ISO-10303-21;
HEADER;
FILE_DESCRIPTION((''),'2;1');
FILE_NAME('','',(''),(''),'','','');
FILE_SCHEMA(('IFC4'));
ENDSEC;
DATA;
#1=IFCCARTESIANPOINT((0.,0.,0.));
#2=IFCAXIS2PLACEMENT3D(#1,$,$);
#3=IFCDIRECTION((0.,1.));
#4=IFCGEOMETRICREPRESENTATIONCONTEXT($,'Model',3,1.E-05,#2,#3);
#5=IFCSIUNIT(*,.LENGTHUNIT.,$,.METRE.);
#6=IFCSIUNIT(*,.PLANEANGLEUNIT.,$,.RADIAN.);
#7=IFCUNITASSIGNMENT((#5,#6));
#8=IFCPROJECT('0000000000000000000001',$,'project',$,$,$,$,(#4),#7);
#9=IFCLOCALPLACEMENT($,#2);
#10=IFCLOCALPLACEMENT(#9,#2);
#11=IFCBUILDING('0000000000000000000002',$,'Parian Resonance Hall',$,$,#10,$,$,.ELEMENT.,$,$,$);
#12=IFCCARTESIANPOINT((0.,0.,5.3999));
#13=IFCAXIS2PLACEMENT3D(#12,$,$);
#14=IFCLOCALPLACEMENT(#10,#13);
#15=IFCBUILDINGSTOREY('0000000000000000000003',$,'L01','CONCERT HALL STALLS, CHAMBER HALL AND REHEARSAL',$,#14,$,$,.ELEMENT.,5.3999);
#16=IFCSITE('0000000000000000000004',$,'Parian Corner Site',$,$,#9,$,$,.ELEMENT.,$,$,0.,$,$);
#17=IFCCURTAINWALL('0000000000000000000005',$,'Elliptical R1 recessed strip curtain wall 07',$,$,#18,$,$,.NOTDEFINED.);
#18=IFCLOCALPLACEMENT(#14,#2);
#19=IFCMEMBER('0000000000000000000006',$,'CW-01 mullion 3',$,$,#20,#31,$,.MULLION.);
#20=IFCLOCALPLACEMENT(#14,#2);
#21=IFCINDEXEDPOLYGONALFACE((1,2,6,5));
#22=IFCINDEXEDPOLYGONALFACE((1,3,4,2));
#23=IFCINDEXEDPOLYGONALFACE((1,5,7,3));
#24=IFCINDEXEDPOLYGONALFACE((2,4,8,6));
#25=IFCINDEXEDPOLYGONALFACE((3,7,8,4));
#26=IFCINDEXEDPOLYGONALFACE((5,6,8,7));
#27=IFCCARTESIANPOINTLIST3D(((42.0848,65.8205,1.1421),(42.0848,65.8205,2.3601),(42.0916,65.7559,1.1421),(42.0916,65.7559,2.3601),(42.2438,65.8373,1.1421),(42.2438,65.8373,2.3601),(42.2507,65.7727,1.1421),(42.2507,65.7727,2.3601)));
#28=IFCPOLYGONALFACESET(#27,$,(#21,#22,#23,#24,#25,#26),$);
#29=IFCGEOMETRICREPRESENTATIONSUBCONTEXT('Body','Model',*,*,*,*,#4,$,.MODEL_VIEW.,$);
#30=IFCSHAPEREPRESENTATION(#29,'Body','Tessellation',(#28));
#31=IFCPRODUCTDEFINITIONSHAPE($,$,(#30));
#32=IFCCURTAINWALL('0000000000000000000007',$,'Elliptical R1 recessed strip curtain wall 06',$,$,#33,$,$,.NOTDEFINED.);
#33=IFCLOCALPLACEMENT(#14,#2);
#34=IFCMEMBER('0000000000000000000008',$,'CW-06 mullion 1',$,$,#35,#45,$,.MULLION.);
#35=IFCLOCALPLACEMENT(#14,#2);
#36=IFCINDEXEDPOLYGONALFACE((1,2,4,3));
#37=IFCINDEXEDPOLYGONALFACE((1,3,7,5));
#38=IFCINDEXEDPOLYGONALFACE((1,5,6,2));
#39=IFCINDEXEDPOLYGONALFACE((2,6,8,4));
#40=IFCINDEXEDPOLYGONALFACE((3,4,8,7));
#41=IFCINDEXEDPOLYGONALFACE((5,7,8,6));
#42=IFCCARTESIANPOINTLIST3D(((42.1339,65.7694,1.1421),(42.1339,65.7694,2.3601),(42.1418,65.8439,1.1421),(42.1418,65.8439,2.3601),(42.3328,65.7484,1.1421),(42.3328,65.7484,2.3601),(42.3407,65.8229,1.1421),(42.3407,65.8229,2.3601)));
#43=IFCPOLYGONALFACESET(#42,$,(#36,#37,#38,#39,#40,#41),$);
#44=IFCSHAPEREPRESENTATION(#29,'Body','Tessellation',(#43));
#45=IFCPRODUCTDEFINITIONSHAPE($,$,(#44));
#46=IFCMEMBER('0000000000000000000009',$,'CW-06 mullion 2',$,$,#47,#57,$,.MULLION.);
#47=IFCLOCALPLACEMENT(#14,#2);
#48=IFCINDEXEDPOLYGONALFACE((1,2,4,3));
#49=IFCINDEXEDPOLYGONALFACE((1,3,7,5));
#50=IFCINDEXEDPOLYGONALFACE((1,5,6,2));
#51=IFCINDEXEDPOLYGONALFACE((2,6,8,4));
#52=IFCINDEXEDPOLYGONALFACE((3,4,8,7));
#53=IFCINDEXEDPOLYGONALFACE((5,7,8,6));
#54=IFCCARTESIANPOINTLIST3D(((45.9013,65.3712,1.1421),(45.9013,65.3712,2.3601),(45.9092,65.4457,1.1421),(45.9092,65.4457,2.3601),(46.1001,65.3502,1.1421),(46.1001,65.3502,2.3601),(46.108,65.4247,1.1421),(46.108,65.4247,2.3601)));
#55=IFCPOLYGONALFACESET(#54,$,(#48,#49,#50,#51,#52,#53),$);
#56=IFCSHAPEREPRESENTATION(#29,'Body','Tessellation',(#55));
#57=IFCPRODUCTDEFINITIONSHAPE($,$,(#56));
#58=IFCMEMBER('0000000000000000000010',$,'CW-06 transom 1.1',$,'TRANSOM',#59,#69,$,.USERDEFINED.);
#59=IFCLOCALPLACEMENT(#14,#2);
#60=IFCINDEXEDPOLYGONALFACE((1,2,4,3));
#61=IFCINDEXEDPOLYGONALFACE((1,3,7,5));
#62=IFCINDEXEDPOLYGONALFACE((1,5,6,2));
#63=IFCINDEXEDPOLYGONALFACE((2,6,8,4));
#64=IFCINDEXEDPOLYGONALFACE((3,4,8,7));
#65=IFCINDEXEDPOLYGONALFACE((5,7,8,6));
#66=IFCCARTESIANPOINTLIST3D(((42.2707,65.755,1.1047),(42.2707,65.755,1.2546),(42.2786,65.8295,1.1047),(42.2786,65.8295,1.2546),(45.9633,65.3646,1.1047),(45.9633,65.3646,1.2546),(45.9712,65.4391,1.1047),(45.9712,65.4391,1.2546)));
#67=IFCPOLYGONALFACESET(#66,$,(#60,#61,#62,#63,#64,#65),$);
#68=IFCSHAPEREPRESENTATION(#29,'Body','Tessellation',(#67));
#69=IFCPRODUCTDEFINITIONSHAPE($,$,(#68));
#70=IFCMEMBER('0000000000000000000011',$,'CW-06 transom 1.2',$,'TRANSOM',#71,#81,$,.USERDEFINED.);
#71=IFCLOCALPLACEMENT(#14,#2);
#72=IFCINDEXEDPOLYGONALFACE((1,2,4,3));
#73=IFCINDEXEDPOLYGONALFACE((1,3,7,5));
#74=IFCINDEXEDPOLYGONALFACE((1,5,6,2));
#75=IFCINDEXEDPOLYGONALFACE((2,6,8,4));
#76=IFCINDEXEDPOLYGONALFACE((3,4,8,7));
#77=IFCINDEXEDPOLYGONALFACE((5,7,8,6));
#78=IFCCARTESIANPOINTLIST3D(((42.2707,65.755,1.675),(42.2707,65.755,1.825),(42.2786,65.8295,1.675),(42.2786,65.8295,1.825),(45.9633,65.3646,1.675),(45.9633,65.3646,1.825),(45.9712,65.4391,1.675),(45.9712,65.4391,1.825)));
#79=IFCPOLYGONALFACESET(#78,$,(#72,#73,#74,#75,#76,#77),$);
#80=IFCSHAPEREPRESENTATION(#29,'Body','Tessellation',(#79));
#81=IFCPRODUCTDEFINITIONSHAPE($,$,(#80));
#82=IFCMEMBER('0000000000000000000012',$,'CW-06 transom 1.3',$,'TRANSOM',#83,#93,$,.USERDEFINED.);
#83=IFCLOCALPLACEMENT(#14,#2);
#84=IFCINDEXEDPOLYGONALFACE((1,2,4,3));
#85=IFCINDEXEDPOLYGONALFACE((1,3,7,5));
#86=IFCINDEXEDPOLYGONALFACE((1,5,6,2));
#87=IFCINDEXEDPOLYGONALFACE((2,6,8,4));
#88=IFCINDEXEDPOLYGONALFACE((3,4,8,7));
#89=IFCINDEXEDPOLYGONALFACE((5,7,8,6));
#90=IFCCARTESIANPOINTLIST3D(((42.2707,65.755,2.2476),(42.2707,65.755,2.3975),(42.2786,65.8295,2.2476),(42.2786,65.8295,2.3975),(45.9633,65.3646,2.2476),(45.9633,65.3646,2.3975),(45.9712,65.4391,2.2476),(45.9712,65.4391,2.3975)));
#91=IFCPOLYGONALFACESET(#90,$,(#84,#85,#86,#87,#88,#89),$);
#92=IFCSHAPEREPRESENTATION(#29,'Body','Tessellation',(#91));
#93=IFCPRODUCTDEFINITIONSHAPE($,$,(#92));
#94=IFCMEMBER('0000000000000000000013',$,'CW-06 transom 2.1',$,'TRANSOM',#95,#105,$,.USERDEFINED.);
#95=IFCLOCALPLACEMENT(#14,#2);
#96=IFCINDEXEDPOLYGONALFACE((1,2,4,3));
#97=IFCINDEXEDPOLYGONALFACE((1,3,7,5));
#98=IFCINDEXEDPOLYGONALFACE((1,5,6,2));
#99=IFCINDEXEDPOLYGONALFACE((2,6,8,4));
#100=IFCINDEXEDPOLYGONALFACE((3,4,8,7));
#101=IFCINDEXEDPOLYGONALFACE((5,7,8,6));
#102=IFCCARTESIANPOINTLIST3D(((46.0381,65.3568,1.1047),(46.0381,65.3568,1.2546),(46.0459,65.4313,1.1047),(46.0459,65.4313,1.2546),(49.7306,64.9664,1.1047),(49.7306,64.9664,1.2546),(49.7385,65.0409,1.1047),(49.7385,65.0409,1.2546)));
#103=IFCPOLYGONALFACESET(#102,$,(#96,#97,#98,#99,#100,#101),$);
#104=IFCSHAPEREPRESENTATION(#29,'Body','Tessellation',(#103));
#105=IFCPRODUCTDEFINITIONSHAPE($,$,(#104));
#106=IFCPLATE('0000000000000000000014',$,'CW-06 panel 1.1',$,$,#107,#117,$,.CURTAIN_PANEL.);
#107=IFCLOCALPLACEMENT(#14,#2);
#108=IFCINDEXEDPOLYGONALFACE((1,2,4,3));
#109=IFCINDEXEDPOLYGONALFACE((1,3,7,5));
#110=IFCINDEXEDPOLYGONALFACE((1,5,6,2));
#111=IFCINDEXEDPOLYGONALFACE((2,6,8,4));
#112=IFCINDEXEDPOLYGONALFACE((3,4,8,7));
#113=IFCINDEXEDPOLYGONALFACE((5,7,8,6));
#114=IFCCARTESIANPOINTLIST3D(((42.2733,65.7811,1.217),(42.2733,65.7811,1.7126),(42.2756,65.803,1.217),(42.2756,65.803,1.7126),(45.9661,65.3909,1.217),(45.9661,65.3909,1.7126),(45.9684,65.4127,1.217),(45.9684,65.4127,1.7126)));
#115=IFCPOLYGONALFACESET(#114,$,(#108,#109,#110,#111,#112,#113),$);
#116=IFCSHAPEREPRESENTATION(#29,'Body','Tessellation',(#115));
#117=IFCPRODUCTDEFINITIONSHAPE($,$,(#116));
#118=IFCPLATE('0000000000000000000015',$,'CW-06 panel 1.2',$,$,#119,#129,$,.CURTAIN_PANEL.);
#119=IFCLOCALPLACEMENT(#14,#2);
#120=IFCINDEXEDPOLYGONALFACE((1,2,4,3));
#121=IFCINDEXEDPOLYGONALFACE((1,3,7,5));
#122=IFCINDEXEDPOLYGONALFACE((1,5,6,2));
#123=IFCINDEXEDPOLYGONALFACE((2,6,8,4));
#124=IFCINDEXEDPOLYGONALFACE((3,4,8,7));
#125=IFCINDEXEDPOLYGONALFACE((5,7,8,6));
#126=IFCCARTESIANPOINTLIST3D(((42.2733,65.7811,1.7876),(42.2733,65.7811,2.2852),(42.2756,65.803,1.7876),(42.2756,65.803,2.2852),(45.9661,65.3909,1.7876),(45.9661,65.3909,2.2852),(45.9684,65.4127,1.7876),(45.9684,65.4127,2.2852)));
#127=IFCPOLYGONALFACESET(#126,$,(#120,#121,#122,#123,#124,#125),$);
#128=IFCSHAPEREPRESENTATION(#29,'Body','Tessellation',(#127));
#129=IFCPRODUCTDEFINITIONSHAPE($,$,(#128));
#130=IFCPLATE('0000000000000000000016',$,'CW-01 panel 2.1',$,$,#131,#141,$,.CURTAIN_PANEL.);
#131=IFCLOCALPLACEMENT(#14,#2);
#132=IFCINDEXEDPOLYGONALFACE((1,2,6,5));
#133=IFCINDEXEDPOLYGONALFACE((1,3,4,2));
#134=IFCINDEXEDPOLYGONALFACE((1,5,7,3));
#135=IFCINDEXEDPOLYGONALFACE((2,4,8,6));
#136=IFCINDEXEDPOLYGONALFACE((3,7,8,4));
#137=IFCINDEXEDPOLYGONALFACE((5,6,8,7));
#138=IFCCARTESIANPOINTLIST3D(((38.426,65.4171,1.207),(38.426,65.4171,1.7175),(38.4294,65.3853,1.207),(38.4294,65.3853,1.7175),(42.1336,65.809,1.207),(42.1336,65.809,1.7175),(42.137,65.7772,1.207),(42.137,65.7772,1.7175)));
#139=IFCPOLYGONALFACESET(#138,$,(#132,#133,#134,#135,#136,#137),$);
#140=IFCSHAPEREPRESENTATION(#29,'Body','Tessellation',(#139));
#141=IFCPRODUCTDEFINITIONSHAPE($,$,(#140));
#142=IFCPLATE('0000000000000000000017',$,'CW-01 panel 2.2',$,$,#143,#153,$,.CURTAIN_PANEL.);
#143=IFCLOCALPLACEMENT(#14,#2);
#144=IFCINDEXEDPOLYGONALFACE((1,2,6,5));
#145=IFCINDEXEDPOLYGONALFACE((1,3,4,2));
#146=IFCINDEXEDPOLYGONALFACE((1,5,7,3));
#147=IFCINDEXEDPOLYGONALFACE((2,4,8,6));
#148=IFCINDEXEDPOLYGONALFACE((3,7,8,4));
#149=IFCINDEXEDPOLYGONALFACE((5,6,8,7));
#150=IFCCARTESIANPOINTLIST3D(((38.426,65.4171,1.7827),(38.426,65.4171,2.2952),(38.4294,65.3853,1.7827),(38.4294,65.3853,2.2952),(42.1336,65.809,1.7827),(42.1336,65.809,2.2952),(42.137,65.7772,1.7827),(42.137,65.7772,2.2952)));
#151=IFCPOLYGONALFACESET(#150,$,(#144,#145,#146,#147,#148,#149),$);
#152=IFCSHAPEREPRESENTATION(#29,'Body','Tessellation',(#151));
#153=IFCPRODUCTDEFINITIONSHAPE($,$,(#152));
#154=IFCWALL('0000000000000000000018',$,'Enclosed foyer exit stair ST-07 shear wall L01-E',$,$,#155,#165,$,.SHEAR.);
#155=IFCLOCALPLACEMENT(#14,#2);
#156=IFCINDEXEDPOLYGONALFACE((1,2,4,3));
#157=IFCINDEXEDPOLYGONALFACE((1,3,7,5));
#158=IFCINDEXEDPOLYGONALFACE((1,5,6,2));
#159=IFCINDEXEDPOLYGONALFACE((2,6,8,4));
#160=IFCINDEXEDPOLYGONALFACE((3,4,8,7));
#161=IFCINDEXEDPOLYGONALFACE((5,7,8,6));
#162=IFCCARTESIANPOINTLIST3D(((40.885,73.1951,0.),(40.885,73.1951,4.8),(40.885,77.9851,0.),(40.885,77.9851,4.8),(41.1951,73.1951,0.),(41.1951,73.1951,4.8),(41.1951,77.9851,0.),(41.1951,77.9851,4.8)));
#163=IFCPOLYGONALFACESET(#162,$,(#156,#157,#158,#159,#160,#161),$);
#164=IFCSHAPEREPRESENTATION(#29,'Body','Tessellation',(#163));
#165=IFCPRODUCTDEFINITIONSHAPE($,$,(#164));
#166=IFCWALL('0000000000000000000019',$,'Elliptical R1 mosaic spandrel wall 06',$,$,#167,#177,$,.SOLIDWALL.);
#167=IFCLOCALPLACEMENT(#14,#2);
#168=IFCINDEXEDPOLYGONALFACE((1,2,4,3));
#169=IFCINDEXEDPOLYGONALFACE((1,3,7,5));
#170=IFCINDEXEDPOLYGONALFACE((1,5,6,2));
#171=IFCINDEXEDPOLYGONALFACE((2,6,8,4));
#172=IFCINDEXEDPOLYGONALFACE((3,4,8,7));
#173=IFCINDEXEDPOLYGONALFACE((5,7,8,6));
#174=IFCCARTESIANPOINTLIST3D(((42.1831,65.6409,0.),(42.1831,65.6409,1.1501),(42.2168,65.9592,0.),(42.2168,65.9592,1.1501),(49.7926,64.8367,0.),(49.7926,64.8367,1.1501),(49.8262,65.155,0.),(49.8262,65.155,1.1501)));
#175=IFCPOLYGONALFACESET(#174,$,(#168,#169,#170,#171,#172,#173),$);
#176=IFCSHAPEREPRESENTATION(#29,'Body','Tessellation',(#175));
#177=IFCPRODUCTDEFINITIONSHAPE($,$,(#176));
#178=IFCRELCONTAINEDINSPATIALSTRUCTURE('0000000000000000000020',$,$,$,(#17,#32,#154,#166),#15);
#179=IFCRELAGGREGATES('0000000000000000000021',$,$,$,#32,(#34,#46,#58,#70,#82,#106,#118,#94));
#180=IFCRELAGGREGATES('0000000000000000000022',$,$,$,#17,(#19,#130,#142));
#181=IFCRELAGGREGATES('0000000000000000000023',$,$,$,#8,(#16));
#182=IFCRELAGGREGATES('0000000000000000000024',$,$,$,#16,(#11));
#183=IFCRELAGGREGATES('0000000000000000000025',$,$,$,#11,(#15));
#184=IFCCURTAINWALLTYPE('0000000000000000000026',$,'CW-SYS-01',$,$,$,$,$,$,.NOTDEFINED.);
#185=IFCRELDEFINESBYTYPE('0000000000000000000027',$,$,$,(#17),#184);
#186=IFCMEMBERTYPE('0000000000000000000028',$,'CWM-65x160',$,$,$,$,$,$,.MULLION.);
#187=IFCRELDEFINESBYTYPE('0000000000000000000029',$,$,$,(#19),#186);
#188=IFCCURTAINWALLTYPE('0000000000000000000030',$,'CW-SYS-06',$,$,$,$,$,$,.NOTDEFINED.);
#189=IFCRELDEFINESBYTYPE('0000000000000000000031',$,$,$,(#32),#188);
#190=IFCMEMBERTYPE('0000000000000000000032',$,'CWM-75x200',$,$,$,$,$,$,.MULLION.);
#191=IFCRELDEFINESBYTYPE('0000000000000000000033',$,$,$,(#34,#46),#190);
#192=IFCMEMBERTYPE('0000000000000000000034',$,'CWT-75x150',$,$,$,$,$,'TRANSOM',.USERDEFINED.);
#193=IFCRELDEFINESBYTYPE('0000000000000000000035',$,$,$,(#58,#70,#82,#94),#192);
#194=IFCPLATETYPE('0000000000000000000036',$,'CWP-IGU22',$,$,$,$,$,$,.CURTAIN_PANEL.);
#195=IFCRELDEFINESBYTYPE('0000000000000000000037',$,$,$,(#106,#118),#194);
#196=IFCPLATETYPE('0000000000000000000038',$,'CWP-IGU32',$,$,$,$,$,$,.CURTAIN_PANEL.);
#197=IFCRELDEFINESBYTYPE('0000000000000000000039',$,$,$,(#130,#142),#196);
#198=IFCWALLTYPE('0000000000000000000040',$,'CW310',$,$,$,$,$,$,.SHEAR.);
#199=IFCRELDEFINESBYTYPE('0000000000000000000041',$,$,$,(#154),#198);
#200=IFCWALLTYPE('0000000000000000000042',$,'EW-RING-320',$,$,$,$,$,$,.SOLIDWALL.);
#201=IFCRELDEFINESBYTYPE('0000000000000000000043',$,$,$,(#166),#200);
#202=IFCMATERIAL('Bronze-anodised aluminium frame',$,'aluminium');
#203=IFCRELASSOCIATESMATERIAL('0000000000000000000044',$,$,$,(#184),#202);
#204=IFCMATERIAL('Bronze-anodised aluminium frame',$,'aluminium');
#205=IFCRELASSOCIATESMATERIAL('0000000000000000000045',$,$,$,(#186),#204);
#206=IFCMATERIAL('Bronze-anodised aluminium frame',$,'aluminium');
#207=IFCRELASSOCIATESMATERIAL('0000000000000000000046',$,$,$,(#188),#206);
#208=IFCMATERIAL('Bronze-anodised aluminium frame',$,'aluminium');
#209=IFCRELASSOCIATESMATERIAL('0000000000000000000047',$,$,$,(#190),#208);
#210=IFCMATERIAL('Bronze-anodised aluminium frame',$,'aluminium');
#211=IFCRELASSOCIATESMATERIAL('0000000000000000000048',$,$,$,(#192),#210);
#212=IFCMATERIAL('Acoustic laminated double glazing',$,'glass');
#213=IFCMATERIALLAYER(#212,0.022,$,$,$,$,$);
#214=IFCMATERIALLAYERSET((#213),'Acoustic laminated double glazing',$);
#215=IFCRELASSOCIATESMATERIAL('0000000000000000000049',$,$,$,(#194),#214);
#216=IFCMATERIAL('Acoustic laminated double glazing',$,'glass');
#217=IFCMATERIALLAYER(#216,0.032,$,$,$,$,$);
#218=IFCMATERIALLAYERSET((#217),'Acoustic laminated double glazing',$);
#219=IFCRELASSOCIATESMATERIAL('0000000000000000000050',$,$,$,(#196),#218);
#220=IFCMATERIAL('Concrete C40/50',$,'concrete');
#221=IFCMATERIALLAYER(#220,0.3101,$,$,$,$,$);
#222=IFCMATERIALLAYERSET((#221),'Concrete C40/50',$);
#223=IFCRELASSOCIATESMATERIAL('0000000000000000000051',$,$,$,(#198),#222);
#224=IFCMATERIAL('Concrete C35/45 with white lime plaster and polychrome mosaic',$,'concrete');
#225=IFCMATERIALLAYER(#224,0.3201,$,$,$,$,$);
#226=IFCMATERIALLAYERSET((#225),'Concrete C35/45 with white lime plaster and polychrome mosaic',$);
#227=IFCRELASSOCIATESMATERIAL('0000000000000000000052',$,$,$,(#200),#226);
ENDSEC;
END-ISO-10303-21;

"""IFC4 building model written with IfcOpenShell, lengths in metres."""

from ifc_helpers import new_model, si_unit, direction, frame, frame_2d, origin, origin_2d, place, context, subcontext, project, spatial, rectangle, extrude, material, layer, layer_set, material_profile, profile_set, type_object, element, aggregate, save


model = new_model("IFC4")

# Units and contexts
model_context = context("Model", 3, precision=1e-05, world=origin(), true_north=direction((0.0, 1.0)))
body_context = subcontext(model_context, "Body", "Model", "MODEL_VIEW")
ifc_project = project(units=[si_unit("LENGTHUNIT", "METRE"), si_unit("PLANEANGLEUNIT", "RADIAN")], contexts=[model_context])

# Site, building, storey
site_placement = place(None, origin())
site = spatial("IfcSite", under=ifc_project, at=site_placement, Name="Parian Corner Site", CompositionType="ELEMENT", RefElevation=0.0)
building_placement = place(site_placement, origin())
building = spatial("IfcBuilding", under=site, at=building_placement, Name="Parian Resonance Hall", CompositionType="ELEMENT")
storey_placement = place(building_placement, frame((0.0, 0.0, 5.3999)))
storey = spatial("IfcBuildingStorey", under=building, at=storey_placement, Name="L01", Description="CONCERT HALL STALLS, CHAMBER HALL AND REHEARSAL", CompositionType="ELEMENT", Elevation=5.3999)

# Curtain wall, member
ifc_material_1 = material(Name="Bronze-anodised aluminium frame", Category="aluminium")
curtain_wall_type_1 = type_object("IfcCurtainWallType", Name="CW-SYS-01", PredefinedType="NOTDEFINED", material=ifc_material_1)
curtain_wall_1_placement = place(storey_placement, origin())
curtain_wall_1 = element("IfcCurtainWall", 1, at=curtain_wall_1_placement, inside=storey, type_object=curtain_wall_type_1, Name="Elliptical R1 recessed strip curtain wall 07", PredefinedType="NOTDEFINED")
ifc_material_2 = material(Name="Bronze-anodised aluminium frame", Category="aluminium")
ifc_material_profile_1 = material_profile(ifc_material_2, rectangle(XDim=0.0649, YDim=0.1599, at=origin_2d()), Name="CWM-65x160")
ifc_profile_set_1 = profile_set([ifc_material_profile_1], Name="Bronze-anodised aluminium frame")
member_type_1 = type_object("IfcMemberType", Name="CWM-65x160", PredefinedType="MULLION", material=ifc_profile_set_1)
member_1_placement = place(storey_placement, frame((42.1677, 65.7966, 1.1421), z_axis=(0.0, 0.0, 1.0), x_axis=(-0.105101, 0.994462, 0.0)))
member_1 = element("IfcMember", 2, at=member_1_placement, type_object=member_type_1, Name="CW-01 mullion 3", PredefinedType="MULLION", context=body_context, shape_type="SweptSolid", body=[
    extrude(rectangle(XDim=0.0649, YDim=0.1599, at=origin_2d()), origin(), (0.0, 0.0, 1.0), 1.218),
])

# Curtain wall, members, plates
ifc_material_3 = material(Name="Bronze-anodised aluminium frame", Category="aluminium")
curtain_wall_type_2 = type_object("IfcCurtainWallType", Name="CW-SYS-06", PredefinedType="NOTDEFINED", material=ifc_material_3)
curtain_wall_2_placement = place(storey_placement, origin())
curtain_wall_2 = element("IfcCurtainWall", 3, at=curtain_wall_2_placement, inside=storey, type_object=curtain_wall_type_2, Name="Elliptical R1 recessed strip curtain wall 06", PredefinedType="NOTDEFINED")
ifc_material_4 = material(Name="Bronze-anodised aluminium frame", Category="aluminium")
ifc_material_profile_2 = material_profile(ifc_material_4, rectangle(XDim=0.075, YDim=0.2, at=origin_2d()), Name="CWM-75x200")
ifc_profile_set_2 = profile_set([ifc_material_profile_2], Name="Bronze-anodised aluminium frame")
member_type_2 = type_object("IfcMemberType", Name="CWM-75x200", PredefinedType="MULLION", material=ifc_profile_set_2)
member_2_placement = place(storey_placement, frame((42.2373, 65.7961, 1.1421), z_axis=(0.0, 0.0, 1.0), x_axis=(0.105101, 0.994462, 0.0)))
member_2 = element("IfcMember", 4, at=member_2_placement, type_object=member_type_2, Name="CW-06 mullion 1", PredefinedType="MULLION", context=body_context, shape_type="SweptSolid", body=[
    extrude(rectangle(XDim=0.075, YDim=0.2, at=origin_2d()), origin(), (0.0, 0.0, 1.0), 1.218),
])
member_3_placement = place(storey_placement, frame((46.0046, 65.3979, 1.1421), z_axis=(0.0, 0.0, 1.0), x_axis=(0.105101, 0.994462, 0.0)))
member_3 = element("IfcMember", 5, at=member_3_placement, type_object=member_type_2, Name="CW-06 mullion 2", PredefinedType="MULLION", context=body_context, shape_type="SweptSolid", body=[
    extrude(rectangle(XDim=0.075, YDim=0.2, at=origin_2d()), origin(), (0.0, 0.0, 1.0), 1.218),
])
ifc_material_5 = material(Name="Bronze-anodised aluminium frame", Category="aluminium")
ifc_material_profile_3 = material_profile(ifc_material_5, rectangle(XDim=0.075, YDim=0.1499, at=origin_2d()), Name="CWT-75x150")
ifc_profile_set_3 = profile_set([ifc_material_profile_3], Name="Bronze-anodised aluminium frame")
member_type_3 = type_object("IfcMemberType", Name="CWT-75x150", ElementType="TRANSOM", PredefinedType="USERDEFINED", material=ifc_profile_set_3)
member_4_placement = place(storey_placement, frame((42.2747, 65.7922, 1.1797), z_axis=(0.994458, -0.105133, 0.0), x_axis=(0.105133, 0.994458, 0.0)))
member_4 = element("IfcMember", 6, at=member_4_placement, type_object=member_type_3, Name="CW-06 transom 1.1", ObjectType="TRANSOM", PredefinedType="USERDEFINED", context=body_context, shape_type="SweptSolid", body=[
    extrude(rectangle(XDim=0.075, YDim=0.1499, at=origin_2d()), origin(), (0.0, 0.0, 1.0), 3.7131),
])
member_5_placement = place(storey_placement, frame((42.2747, 65.7922, 1.75), z_axis=(0.994458, -0.105133, 0.0), x_axis=(0.105133, 0.994458, 0.0)))
member_5 = element("IfcMember", 7, at=member_5_placement, type_object=member_type_3, Name="CW-06 transom 1.2", ObjectType="TRANSOM", PredefinedType="USERDEFINED", context=body_context, shape_type="SweptSolid", body=[
    extrude(rectangle(XDim=0.075, YDim=0.1499, at=origin_2d()), origin(), (0.0, 0.0, 1.0), 3.7131),
])
member_6_placement = place(storey_placement, frame((42.2747, 65.7922, 2.3225), z_axis=(0.994458, -0.105133, 0.0), x_axis=(0.105133, 0.994458, 0.0)))
member_6 = element("IfcMember", 8, at=member_6_placement, type_object=member_type_3, Name="CW-06 transom 1.3", ObjectType="TRANSOM", PredefinedType="USERDEFINED", context=body_context, shape_type="SweptSolid", body=[
    extrude(rectangle(XDim=0.075, YDim=0.1499, at=origin_2d()), origin(), (0.0, 0.0, 1.0), 3.7131),
])
member_7_placement = place(storey_placement, frame((46.042, 65.394, 1.1797), z_axis=(0.994458, -0.105133, 0.0), x_axis=(0.105133, 0.994458, 0.0)))
member_7 = element("IfcMember", 9, at=member_7_placement, type_object=member_type_3, Name="CW-06 transom 2.1", ObjectType="TRANSOM", PredefinedType="USERDEFINED", context=body_context, shape_type="SweptSolid", body=[
    extrude(rectangle(XDim=0.075, YDim=0.1499, at=origin_2d()), origin(), (0.0, 0.0, 1.0), 3.7131),
])
ifc_material_6 = material(Name="Acoustic laminated double glazing", Category="glass")
ifc_layer_1 = layer(ifc_material_6, 0.022)
ifc_layer_set_1 = layer_set([ifc_layer_1], Name="Acoustic laminated double glazing")
plate_type_1 = type_object("IfcPlateType", Name="CWP-IGU22", PredefinedType="CURTAIN_PANEL", material=ifc_layer_set_1)
plate_1_placement = place(storey_placement, frame((44.1208, 65.5969, 1.217), z_axis=(0.0, 0.0, 1.0), x_axis=(0.994462, -0.105101, 0.0)))
plate_1 = element("IfcPlate", 10, at=plate_1_placement, type_object=plate_type_1, Name="CW-06 panel 1.1", PredefinedType="CURTAIN_PANEL", context=body_context, shape_type="SweptSolid", body=[
    extrude(rectangle(XDim=3.7134, YDim=0.022, at=origin_2d()), origin(), (0.0, 0.0, 1.0), 0.4956),
])
plate_2_placement = place(storey_placement, frame((44.1208, 65.5969, 1.7876), z_axis=(0.0, 0.0, 1.0), x_axis=(0.994462, -0.105101, 0.0)))
plate_2 = element("IfcPlate", 11, at=plate_2_placement, type_object=plate_type_1, Name="CW-06 panel 1.2", PredefinedType="CURTAIN_PANEL", context=body_context, shape_type="SweptSolid", body=[
    extrude(rectangle(XDim=3.7134, YDim=0.022, at=origin_2d()), origin(), (0.0, 0.0, 1.0), 0.4976),
])
aggregate(curtain_wall_2, [member_2, member_3, member_4, member_5, member_6, plate_1, plate_2, member_7])

# Plates
ifc_material_7 = material(Name="Acoustic laminated double glazing", Category="glass")
ifc_layer_2 = layer(ifc_material_7, 0.032)
ifc_layer_set_2 = layer_set([ifc_layer_2], Name="Acoustic laminated double glazing")
plate_type_2 = type_object("IfcPlateType", Name="CWP-IGU32", PredefinedType="CURTAIN_PANEL", material=ifc_layer_set_2)
plate_3_placement = place(storey_placement, frame((40.2815, 65.5972, 1.207), z_axis=(0.0, 0.0, 1.0), x_axis=(0.994462, 0.105101, 0.0)))
plate_3 = element("IfcPlate", 12, at=plate_3_placement, type_object=plate_type_2, Name="CW-01 panel 2.1", PredefinedType="CURTAIN_PANEL", context=body_context, shape_type="SweptSolid", body=[
    extrude(rectangle(XDim=3.7283, YDim=0.032, at=origin_2d()), origin(), (0.0, 0.0, 1.0), 0.5105),
])
plate_4_placement = place(storey_placement, frame((40.2815, 65.5972, 1.7827), z_axis=(0.0, 0.0, 1.0), x_axis=(0.994462, 0.105101, 0.0)))
plate_4 = element("IfcPlate", 13, at=plate_4_placement, type_object=plate_type_2, Name="CW-01 panel 2.2", PredefinedType="CURTAIN_PANEL", context=body_context, shape_type="SweptSolid", body=[
    extrude(rectangle(XDim=3.7283, YDim=0.032, at=origin_2d()), origin(), (0.0, 0.0, 1.0), 0.5125),
])
aggregate(curtain_wall_1, [member_1, plate_3, plate_4])

# Walls
ifc_material_8 = material(Name="Concrete C40/50", Category="concrete")
ifc_layer_3 = layer(ifc_material_8, 0.3101)
ifc_layer_set_3 = layer_set([ifc_layer_3], Name="Concrete C40/50")
wall_type_1 = type_object("IfcWallType", Name="CW310", PredefinedType="SHEAR", material=ifc_layer_set_3)
wall_1_placement = place(storey_placement, frame((41.04, 73.1951, 0.0), z_axis=(0.0, 0.0, 1.0), x_axis=(0.0, 1.0, 0.0)))
element("IfcWall", 14, at=wall_1_placement, inside=storey, type_object=wall_type_1, Name="Enclosed foyer exit stair ST-07 shear wall L01-E", PredefinedType="SHEAR", context=body_context, shape_type="SweptSolid", body=[
    extrude(rectangle(XDim=4.79, YDim=0.3101, at=frame_2d((2.395, 0.0))), origin(), (0.0, 0.0, 1.0), 4.8),
])
ifc_material_9 = material(Name="Concrete C35/45 with white lime plaster and polychrome mosaic", Category="concrete")
ifc_layer_4 = layer(ifc_material_9, 0.3201)
ifc_layer_set_4 = layer_set([ifc_layer_4], Name="Concrete C35/45 with white lime plaster and polychrome mosaic")
wall_type_2 = type_object("IfcWallType", Name="EW-RING-320", PredefinedType="SOLIDWALL", material=ifc_layer_set_4)
wall_2_placement = place(storey_placement, frame((42.2, 65.8, 0.0), z_axis=(0.0, 0.0, 1.0), x_axis=(0.994462, -0.1051, 0.0)))
element("IfcWall", 15, at=wall_2_placement, inside=storey, type_object=wall_type_2, Name="Elliptical R1 mosaic spandrel wall 06", PredefinedType="SOLIDWALL", context=body_context, shape_type="SweptSolid", body=[
    extrude(rectangle(XDim=7.6519, YDim=0.3201, at=frame_2d((3.8259, 0.0))), origin(), (0.0, 0.0, 1.0), 1.1501),
])

save(model, "model.ifc")
